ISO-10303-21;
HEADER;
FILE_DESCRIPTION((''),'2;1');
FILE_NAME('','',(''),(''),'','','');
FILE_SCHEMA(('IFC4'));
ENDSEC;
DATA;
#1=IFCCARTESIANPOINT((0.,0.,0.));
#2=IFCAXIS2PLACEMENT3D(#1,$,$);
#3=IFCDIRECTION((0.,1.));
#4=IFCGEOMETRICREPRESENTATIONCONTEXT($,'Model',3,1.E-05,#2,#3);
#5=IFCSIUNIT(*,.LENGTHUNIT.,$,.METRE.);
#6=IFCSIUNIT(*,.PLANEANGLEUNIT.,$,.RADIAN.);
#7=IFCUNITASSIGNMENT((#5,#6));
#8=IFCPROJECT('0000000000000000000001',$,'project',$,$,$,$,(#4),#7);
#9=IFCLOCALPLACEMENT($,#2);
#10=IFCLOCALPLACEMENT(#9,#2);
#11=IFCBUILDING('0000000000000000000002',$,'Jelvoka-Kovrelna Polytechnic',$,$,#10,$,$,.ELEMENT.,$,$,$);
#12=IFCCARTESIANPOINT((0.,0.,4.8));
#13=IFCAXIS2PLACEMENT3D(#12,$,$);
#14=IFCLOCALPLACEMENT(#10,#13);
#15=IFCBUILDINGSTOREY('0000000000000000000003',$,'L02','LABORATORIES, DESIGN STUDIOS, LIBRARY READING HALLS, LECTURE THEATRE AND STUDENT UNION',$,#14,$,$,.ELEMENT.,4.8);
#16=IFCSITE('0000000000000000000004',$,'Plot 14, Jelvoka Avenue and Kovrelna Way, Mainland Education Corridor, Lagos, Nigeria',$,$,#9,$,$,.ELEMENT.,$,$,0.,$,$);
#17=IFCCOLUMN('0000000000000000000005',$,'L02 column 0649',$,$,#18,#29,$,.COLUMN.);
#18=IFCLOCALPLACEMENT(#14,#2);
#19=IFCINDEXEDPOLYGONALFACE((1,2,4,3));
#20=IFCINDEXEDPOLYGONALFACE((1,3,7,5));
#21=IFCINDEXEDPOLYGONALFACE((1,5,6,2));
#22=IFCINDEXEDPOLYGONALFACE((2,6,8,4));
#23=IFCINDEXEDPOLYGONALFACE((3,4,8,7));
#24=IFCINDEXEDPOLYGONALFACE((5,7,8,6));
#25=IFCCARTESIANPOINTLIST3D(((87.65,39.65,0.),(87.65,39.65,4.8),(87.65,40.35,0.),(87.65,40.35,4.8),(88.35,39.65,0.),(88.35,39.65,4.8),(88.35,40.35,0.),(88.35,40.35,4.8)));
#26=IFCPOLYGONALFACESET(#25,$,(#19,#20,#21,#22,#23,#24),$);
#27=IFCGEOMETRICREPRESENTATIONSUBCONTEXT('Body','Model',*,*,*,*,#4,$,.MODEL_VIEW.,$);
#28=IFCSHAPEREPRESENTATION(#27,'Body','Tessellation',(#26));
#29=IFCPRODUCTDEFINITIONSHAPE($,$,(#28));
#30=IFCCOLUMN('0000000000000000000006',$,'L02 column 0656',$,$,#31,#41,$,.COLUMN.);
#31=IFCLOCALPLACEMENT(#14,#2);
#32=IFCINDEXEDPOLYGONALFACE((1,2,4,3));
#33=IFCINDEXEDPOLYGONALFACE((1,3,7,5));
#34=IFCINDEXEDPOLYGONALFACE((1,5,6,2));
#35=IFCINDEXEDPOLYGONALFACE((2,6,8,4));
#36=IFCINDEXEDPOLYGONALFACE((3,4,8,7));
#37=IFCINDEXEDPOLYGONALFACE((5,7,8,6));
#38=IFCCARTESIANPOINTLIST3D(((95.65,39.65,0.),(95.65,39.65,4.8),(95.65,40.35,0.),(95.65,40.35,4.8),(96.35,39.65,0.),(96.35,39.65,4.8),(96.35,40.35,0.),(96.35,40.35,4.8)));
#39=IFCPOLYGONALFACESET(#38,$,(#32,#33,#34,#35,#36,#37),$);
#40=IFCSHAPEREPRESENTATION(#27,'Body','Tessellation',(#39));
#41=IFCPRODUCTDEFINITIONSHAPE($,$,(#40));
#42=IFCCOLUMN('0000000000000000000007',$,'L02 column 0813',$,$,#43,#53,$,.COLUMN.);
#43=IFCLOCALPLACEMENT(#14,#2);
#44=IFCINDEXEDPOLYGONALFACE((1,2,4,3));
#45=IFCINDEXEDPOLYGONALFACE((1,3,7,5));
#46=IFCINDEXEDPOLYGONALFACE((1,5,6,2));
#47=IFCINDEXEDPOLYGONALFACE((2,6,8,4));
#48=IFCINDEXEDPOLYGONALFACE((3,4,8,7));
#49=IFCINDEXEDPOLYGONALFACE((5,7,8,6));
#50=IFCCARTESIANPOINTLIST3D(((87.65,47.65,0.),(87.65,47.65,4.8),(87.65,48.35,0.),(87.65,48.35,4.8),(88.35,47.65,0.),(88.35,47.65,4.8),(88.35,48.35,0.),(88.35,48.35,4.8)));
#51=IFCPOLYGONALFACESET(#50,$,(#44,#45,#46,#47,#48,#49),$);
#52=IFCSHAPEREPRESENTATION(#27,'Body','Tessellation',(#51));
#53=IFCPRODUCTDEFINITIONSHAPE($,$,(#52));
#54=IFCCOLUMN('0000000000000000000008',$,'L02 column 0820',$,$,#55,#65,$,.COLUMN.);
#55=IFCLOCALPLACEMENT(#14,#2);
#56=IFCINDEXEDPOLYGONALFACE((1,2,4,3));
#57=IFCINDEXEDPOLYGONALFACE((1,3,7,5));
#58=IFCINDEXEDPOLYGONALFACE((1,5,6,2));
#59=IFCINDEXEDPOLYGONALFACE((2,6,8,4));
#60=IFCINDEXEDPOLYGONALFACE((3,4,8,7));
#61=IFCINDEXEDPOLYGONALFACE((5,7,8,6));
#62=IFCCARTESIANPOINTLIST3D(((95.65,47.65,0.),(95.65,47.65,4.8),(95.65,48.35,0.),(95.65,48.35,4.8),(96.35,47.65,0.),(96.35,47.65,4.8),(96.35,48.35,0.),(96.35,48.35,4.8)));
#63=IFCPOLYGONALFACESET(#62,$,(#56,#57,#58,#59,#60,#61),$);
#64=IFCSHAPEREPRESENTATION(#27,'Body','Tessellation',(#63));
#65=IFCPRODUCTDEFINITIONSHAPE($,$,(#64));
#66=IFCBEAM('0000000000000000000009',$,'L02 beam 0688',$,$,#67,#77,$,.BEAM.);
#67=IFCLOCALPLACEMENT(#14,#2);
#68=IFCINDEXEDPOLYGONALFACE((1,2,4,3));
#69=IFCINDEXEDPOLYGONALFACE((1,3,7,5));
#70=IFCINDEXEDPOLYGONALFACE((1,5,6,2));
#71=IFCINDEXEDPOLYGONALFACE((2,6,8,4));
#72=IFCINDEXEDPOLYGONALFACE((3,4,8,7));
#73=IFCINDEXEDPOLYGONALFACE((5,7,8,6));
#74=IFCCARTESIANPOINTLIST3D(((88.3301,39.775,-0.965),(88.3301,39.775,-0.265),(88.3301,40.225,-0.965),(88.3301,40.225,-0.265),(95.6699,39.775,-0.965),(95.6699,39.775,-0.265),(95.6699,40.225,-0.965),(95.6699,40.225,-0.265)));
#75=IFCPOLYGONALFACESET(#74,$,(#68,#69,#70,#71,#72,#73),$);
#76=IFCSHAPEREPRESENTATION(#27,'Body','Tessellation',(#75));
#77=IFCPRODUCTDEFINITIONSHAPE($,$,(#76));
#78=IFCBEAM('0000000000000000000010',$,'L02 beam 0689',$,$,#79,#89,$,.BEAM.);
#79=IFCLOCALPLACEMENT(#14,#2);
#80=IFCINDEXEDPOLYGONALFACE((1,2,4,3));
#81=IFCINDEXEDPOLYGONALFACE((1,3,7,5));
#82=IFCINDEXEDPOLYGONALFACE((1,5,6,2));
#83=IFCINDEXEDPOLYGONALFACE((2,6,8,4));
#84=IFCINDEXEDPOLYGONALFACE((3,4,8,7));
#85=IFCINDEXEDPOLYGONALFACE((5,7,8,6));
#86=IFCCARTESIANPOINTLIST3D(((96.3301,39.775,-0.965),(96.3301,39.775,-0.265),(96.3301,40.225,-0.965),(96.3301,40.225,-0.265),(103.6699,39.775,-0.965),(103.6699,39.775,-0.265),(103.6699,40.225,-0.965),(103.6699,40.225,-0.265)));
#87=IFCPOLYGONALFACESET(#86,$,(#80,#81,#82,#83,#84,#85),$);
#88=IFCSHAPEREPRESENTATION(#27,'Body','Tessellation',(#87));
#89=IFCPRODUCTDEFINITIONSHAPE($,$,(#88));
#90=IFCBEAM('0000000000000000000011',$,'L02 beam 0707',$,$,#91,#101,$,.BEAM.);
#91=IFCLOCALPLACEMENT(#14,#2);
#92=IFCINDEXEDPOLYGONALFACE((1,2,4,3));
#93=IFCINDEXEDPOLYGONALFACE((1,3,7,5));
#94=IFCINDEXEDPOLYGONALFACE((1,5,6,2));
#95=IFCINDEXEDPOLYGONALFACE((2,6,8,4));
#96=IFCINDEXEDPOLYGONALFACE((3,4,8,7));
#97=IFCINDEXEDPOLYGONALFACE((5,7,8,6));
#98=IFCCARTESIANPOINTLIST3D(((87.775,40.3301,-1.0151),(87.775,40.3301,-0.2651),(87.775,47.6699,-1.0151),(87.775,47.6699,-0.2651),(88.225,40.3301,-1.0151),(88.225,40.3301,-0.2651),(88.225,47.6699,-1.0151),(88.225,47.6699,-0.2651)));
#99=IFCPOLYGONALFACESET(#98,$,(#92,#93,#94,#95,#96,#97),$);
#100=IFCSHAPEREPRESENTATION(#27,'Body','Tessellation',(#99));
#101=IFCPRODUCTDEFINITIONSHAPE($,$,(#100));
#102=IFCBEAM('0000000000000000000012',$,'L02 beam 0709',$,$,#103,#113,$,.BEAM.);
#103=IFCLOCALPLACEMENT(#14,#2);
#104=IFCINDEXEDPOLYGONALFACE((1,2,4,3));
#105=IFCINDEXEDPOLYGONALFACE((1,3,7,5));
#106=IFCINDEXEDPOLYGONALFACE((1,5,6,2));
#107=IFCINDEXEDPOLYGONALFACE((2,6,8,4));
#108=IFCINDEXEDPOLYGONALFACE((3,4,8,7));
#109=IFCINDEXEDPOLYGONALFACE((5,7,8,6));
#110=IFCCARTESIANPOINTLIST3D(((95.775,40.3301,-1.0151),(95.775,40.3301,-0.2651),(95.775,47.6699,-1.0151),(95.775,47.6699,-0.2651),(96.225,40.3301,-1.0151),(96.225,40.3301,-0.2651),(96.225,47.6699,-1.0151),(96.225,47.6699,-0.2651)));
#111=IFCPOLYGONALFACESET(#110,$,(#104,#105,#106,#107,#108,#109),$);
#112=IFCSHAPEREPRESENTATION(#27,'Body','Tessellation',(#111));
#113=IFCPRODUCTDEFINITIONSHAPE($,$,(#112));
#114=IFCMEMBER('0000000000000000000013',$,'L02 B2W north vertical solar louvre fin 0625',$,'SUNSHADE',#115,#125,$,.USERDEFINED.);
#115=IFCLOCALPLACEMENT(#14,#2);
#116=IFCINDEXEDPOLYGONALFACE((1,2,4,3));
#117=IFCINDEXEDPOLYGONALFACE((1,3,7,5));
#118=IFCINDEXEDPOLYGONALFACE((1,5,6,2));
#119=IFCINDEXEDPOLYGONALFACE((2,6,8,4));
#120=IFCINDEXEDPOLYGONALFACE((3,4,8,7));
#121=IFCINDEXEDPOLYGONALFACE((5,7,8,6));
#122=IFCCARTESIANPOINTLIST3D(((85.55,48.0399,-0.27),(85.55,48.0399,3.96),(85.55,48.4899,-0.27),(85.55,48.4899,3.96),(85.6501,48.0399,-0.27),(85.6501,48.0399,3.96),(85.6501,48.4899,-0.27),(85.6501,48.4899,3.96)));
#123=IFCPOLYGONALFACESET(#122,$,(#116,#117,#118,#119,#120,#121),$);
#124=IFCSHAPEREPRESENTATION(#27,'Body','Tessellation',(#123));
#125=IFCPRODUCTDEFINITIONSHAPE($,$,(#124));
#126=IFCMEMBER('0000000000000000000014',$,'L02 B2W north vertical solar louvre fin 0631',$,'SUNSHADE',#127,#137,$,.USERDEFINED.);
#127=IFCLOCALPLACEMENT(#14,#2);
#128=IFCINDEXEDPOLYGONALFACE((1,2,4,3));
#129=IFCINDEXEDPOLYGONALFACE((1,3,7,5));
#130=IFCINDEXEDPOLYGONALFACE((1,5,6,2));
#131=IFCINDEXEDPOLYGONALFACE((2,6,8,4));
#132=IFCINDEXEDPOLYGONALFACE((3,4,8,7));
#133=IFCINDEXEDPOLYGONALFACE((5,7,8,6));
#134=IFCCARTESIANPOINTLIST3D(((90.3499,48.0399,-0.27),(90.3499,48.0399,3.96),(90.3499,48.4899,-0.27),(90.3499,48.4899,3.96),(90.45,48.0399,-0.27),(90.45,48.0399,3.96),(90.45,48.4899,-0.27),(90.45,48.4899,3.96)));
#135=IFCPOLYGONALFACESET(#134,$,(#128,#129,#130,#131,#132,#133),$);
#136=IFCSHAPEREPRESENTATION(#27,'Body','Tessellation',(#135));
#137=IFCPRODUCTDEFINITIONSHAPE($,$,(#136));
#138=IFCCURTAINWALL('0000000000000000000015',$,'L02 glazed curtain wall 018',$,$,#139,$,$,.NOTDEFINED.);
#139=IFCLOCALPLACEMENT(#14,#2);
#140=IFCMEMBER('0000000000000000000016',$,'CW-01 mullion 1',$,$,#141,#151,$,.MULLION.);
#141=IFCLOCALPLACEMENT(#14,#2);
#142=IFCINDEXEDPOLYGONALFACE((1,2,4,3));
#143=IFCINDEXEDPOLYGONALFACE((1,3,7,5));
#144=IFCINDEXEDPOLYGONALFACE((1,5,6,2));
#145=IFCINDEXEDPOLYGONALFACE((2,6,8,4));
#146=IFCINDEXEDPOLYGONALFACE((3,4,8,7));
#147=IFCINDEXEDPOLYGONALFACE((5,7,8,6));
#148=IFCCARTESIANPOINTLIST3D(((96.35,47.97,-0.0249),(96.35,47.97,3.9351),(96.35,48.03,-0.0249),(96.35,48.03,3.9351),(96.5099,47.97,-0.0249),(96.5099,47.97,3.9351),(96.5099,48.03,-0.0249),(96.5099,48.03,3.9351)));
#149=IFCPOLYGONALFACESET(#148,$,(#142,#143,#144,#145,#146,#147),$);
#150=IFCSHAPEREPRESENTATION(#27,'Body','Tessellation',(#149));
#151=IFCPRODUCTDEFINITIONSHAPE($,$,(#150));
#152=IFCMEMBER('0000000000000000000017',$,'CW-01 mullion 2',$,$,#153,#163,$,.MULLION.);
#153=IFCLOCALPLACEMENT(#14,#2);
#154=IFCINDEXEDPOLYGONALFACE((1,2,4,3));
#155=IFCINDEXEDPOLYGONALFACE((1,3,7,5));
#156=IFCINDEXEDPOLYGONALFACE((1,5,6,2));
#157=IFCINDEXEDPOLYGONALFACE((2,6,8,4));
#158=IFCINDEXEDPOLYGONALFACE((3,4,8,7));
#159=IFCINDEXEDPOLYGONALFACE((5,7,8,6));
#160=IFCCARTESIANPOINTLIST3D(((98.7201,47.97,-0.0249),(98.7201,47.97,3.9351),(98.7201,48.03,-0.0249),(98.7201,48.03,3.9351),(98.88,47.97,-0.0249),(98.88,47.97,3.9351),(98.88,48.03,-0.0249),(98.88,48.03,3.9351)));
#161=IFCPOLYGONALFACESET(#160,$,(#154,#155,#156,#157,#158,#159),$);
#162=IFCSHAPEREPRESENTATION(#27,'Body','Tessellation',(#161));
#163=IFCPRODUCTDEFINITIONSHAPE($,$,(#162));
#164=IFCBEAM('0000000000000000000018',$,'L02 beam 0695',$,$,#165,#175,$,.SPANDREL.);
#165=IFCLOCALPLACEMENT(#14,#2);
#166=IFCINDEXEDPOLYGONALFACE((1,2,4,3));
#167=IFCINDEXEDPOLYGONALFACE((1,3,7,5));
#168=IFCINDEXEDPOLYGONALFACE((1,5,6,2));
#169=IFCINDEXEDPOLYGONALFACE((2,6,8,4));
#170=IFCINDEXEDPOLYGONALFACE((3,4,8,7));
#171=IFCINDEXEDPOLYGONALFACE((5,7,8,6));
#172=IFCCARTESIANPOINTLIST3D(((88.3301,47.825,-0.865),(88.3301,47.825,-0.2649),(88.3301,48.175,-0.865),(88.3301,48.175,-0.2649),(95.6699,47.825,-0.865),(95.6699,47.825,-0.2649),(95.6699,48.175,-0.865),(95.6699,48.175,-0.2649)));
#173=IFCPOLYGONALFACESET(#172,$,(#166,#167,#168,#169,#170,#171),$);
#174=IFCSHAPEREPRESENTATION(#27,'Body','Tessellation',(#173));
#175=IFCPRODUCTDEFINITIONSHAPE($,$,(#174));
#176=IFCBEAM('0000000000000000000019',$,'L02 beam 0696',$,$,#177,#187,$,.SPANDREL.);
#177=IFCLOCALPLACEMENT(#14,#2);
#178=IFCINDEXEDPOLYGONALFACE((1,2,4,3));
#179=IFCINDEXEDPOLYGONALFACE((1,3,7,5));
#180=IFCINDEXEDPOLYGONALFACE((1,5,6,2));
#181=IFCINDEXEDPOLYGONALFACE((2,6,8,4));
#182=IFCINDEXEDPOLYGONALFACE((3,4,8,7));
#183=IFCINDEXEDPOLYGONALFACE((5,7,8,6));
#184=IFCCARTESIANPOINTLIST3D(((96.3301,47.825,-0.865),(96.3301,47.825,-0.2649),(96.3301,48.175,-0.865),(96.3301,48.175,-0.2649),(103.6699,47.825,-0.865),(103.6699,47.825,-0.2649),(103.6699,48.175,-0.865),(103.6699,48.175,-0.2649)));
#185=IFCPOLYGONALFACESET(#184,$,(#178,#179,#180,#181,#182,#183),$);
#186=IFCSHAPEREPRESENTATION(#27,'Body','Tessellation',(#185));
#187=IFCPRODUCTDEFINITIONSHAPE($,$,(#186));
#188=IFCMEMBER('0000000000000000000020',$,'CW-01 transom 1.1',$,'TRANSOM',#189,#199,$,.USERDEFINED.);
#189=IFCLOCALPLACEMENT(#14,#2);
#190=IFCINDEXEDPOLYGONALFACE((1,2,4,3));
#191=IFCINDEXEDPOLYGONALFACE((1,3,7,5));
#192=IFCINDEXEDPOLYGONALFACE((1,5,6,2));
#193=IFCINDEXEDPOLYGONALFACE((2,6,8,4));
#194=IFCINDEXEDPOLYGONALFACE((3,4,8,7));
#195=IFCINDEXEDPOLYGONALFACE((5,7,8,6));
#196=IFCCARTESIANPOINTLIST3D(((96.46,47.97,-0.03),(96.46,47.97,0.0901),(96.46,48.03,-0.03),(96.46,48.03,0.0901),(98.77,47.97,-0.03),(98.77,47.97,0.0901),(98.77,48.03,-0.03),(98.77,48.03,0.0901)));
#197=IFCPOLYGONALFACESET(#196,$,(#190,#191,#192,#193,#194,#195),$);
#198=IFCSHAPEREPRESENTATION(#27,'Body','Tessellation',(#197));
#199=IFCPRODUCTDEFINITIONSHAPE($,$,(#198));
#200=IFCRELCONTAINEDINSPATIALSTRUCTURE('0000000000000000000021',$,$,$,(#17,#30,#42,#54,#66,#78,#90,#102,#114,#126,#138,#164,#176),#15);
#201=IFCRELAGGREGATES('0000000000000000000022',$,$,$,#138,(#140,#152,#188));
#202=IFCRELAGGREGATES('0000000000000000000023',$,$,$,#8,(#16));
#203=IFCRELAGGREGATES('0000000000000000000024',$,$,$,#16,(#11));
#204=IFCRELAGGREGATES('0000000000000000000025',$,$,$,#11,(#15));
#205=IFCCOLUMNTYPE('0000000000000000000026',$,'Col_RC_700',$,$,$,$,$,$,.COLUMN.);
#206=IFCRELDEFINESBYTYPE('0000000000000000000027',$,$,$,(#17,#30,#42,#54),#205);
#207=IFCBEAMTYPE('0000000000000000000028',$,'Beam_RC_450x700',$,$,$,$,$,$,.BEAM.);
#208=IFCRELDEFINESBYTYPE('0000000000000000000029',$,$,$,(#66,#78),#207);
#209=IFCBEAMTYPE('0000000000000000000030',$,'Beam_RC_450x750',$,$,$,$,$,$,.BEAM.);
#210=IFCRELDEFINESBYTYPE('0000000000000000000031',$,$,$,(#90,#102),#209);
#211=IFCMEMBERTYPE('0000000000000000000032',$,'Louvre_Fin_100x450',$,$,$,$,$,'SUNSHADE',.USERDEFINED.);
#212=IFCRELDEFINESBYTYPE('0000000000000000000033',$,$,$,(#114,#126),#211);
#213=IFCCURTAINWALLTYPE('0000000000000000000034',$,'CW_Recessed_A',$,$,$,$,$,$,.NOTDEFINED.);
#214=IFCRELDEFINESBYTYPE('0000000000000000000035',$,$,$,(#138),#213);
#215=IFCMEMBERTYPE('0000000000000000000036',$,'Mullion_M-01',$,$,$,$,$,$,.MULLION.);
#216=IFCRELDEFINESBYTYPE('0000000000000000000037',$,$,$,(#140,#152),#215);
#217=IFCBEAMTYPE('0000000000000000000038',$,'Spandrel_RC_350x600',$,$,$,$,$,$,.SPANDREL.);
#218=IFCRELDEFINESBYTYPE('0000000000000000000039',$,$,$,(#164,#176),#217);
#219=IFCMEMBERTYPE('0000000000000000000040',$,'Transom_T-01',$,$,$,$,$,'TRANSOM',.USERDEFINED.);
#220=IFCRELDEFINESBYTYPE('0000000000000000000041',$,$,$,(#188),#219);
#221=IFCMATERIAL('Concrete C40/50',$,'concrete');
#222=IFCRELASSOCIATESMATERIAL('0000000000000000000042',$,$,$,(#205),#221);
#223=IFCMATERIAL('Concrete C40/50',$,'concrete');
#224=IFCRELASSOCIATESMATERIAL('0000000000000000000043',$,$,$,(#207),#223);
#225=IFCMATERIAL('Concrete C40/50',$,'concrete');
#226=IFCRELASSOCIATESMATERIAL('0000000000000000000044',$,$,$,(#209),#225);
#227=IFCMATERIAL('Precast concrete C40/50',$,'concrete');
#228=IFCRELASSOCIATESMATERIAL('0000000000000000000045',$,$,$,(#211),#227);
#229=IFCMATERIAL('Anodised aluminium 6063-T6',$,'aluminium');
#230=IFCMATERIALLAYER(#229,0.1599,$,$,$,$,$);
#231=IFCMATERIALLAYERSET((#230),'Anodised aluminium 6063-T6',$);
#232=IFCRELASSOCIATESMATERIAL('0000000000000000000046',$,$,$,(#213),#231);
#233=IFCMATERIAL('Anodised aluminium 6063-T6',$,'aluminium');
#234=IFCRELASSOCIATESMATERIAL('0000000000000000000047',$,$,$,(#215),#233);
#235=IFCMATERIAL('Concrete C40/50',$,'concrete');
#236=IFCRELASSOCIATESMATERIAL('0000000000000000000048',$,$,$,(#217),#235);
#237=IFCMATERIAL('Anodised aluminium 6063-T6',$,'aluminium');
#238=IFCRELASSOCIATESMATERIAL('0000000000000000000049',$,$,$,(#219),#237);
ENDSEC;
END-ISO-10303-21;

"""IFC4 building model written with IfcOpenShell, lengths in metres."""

from ifc_helpers import new_model, si_unit, direction, frame, origin, origin_2d, place, context, subcontext, project, spatial, rectangle, extrude, material, layer, layer_set, material_profile, profile_set, type_object, element, aggregate, save


model = new_model("IFC4")

# Units and contexts
model_context = context("Model", 3, precision=1e-05, world=origin(), true_north=direction((0.0, 1.0)))
body_context = subcontext(model_context, "Body", "Model", "MODEL_VIEW")
ifc_project = project(units=[si_unit("LENGTHUNIT", "METRE"), si_unit("PLANEANGLEUNIT", "RADIAN")], contexts=[model_context])

# Site, building, storey
site_placement = place(None, origin())
site = spatial("IfcSite", under=ifc_project, at=site_placement, Name="Plot 14, Jelvoka Avenue and Kovrelna Way, Mainland Education Corridor, Lagos, Nigeria", CompositionType="ELEMENT", RefElevation=0.0)
building_placement = place(site_placement, origin())
building = spatial("IfcBuilding", under=site, at=building_placement, Name="Jelvoka-Kovrelna Polytechnic", CompositionType="ELEMENT")
storey_placement = place(building_placement, frame((0.0, 0.0, 4.8)))
storey = spatial("IfcBuildingStorey", under=building, at=storey_placement, Name="L02", Description="LABORATORIES, DESIGN STUDIOS, LIBRARY READING HALLS, LECTURE THEATRE AND STUDENT UNION", CompositionType="ELEMENT", Elevation=4.8)

# Columns
ifc_material_1 = material(Name="Concrete C40/50", Category="concrete")
ifc_material_profile_1 = material_profile(ifc_material_1, rectangle(XDim=0.7, YDim=0.7, at=origin_2d()), Name="RC 700x700")
ifc_profile_set_1 = profile_set([ifc_material_profile_1], Name="Concrete C40/50")
column_type = type_object("IfcColumnType", Name="Col_RC_700", PredefinedType="COLUMN", material=ifc_profile_set_1)
for number, where, z_axis, x_axis, name in (
    (1, (88.0, 40.0, 0.0), (0.0, 0.0, 1.0), (1.0, 0.0, 0.0), "L02 column 0649"),
    (2, (96.0, 40.0, 0.0), (0.0, 0.0, 1.0), (1.0, 0.0, 0.0), "L02 column 0656"),
    (3, (88.0, 48.0, 0.0), (0.0, 0.0, 1.0), (1.0, 0.0, 0.0), "L02 column 0813"),
    (4, (96.0, 48.0, 0.0), (0.0, 0.0, 1.0), (1.0, 0.0, 0.0), "L02 column 0820"),
):
    element("IfcColumn", number, at=place(storey_placement, frame(where, z_axis=z_axis, x_axis=x_axis)), inside=storey, type_object=column_type, Name=name, PredefinedType="COLUMN", context=body_context, shape_type="SweptSolid", body=[
        extrude(rectangle(XDim=0.7, YDim=0.7, at=origin_2d()), origin(), (0.0, 0.0, 1.0), 4.8),
    ])

# Beams
ifc_material_2 = material(Name="Concrete C40/50", Category="concrete")
ifc_material_profile_2 = material_profile(ifc_material_2, rectangle(XDim=0.45, YDim=0.7, at=origin_2d()), Name="RC 450x700")
ifc_profile_set_2 = profile_set([ifc_material_profile_2], Name="Concrete C40/50")
beam_type_1 = type_object("IfcBeamType", Name="Beam_RC_450x700", PredefinedType="BEAM", material=ifc_profile_set_2)
for number, where, z_axis, x_axis, name in (
    (5, (88.3301, 40.0, -0.615), (1.0, 0.0, 0.0), (0.0, 1.0, 0.0), "L02 beam 0688"),
    (6, (96.3301, 40.0, -0.615), (1.0, 0.0, 0.0), (0.0, 1.0, 0.0), "L02 beam 0689"),
):
    element("IfcBeam", number, at=place(storey_placement, frame(where, z_axis=z_axis, x_axis=x_axis)), inside=storey, type_object=beam_type_1, Name=name, PredefinedType="BEAM", context=body_context, shape_type="SweptSolid", body=[
        extrude(rectangle(XDim=0.45, YDim=0.7, at=origin_2d()), origin(), (0.0, 0.0, 1.0), 7.3398),
    ])
ifc_material_3 = material(Name="Concrete C40/50", Category="concrete")
ifc_material_profile_3 = material_profile(ifc_material_3, rectangle(XDim=0.45, YDim=0.75, at=origin_2d()), Name="RC 450x750")
ifc_profile_set_3 = profile_set([ifc_material_profile_3], Name="Concrete C40/50")
beam_type_2 = type_object("IfcBeamType", Name="Beam_RC_450x750", PredefinedType="BEAM", material=ifc_profile_set_3)
for number, where, z_axis, x_axis, name in (
    (7, (88.0, 40.3301, -0.6401), (0.0, 1.0, 0.0), (-1.0, 0.0, 0.0), "L02 beam 0707"),
    (8, (96.0, 40.3301, -0.6401), (0.0, 1.0, 0.0), (-1.0, 0.0, 0.0), "L02 beam 0709"),
):
    element("IfcBeam", number, at=place(storey_placement, frame(where, z_axis=z_axis, x_axis=x_axis)), inside=storey, type_object=beam_type_2, Name=name, PredefinedType="BEAM", context=body_context, shape_type="SweptSolid", body=[
        extrude(rectangle(XDim=0.45, YDim=0.75, at=origin_2d()), origin(), (0.0, 0.0, 1.0), 7.3398),
    ])

# Members
ifc_material_4 = material(Name="Precast concrete C40/50", Category="concrete")
ifc_material_profile_4 = material_profile(ifc_material_4, rectangle(XDim=0.1001, YDim=0.45, at=origin_2d()), Name="PC 100x450")
ifc_profile_set_4 = profile_set([ifc_material_profile_4], Name="Precast concrete C40/50")
member_type_1 = type_object("IfcMemberType", Name="Louvre_Fin_100x450", ElementType="SUNSHADE", PredefinedType="USERDEFINED", material=ifc_profile_set_4)
for number, where, z_axis, x_axis, name in (
    (9, (85.6001, 48.2649, -0.27), (0.0, 0.0, 1.0), (1.0, 0.0, 0.0), "L02 B2W north vertical solar louvre fin 0625"),
    (10, (90.3999, 48.2649, -0.27), (0.0, 0.0, 1.0), (1.0, 0.0, 0.0), "L02 B2W north vertical solar louvre fin 0631"),
):
    element("IfcMember", number, at=place(storey_placement, frame(where, z_axis=z_axis, x_axis=x_axis)), inside=storey, type_object=member_type_1, Name=name, ObjectType="SUNSHADE", PredefinedType="USERDEFINED", context=body_context, shape_type="SweptSolid", body=[
        extrude(rectangle(XDim=0.1001, YDim=0.45, at=origin_2d()), origin(), (0.0, 0.0, 1.0), 4.23),
    ])

# Curtain wall, members
ifc_material_5 = material(Name="Anodised aluminium 6063-T6", Category="aluminium")
ifc_layer_1 = layer(ifc_material_5, 0.1599)
ifc_layer_set_1 = layer_set([ifc_layer_1], Name="Anodised aluminium 6063-T6")
curtain_wall_type = type_object("IfcCurtainWallType", Name="CW_Recessed_A", PredefinedType="NOTDEFINED", material=ifc_layer_set_1)
curtain_wall_placement = place(storey_placement, origin())
curtain_wall = element("IfcCurtainWall", 11, at=curtain_wall_placement, inside=storey, type_object=curtain_wall_type, Name="L02 glazed curtain wall 018", PredefinedType="NOTDEFINED")
ifc_material_6 = material(Name="Anodised aluminium 6063-T6", Category="aluminium")
ifc_material_profile_5 = material_profile(ifc_material_6, rectangle(XDim=0.0601, YDim=0.1599, at=origin_2d()), Name="ALU 60x160")
ifc_profile_set_5 = profile_set([ifc_material_profile_5], Name="Anodised aluminium 6063-T6")
member_type_2 = type_object("IfcMemberType", Name="Mullion_M-01", PredefinedType="MULLION", material=ifc_profile_set_5)
member_1_placement = place(storey_placement, frame((96.4299, 48.0, -0.0249), z_axis=(0.0, 0.0, 1.0), x_axis=(0.0, 1.0, 0.0)))
member_1 = element("IfcMember", 12, at=member_1_placement, type_object=member_type_2, Name="CW-01 mullion 1", PredefinedType="MULLION", context=body_context, shape_type="SweptSolid", body=[
    extrude(rectangle(XDim=0.0601, YDim=0.1599, at=origin_2d()), origin(), (0.0, 0.0, 1.0), 3.96),
])
member_2_placement = place(storey_placement, frame((98.8, 48.0, -0.0249), z_axis=(0.0, 0.0, 1.0), x_axis=(0.0, 1.0, 0.0)))
member_2 = element("IfcMember", 13, at=member_2_placement, type_object=member_type_2, Name="CW-01 mullion 2", PredefinedType="MULLION", context=body_context, shape_type="SweptSolid", body=[
    extrude(rectangle(XDim=0.0601, YDim=0.1599, at=origin_2d()), origin(), (0.0, 0.0, 1.0), 3.96),
])

# Beams
ifc_material_7 = material(Name="Concrete C40/50", Category="concrete")
ifc_material_profile_6 = material_profile(ifc_material_7, rectangle(XDim=0.3501, YDim=0.6001, at=origin_2d()), Name="RC 350x600")
ifc_profile_set_6 = profile_set([ifc_material_profile_6], Name="Concrete C40/50")
beam_type_3 = type_object("IfcBeamType", Name="Spandrel_RC_350x600", PredefinedType="SPANDREL", material=ifc_profile_set_6)
for number, where, z_axis, x_axis, name in (
    (14, (88.3301, 48.0, -0.5649), (1.0, 0.0, 0.0), (0.0, 1.0, 0.0), "L02 beam 0695"),
    (15, (96.3301, 48.0, -0.5649), (1.0, 0.0, 0.0), (0.0, 1.0, 0.0), "L02 beam 0696"),
):
    element("IfcBeam", number, at=place(storey_placement, frame(where, z_axis=z_axis, x_axis=x_axis)), inside=storey, type_object=beam_type_3, Name=name, PredefinedType="SPANDREL", context=body_context, shape_type="SweptSolid", body=[
        extrude(rectangle(XDim=0.3501, YDim=0.6001, at=origin_2d()), origin(), (0.0, 0.0, 1.0), 7.3398),
    ])

# Member
ifc_material_8 = material(Name="Anodised aluminium 6063-T6", Category="aluminium")
ifc_material_profile_7 = material_profile(ifc_material_8, rectangle(XDim=0.0601, YDim=0.1201, at=origin_2d()), Name="ALU 60x120")
ifc_profile_set_7 = profile_set([ifc_material_profile_7], Name="Anodised aluminium 6063-T6")
member_type_3 = type_object("IfcMemberType", Name="Transom_T-01", ElementType="TRANSOM", PredefinedType="USERDEFINED", material=ifc_profile_set_7)
member_3_placement = place(storey_placement, frame((96.46, 48.0, 0.03), z_axis=(1.0, 0.0, 0.0), x_axis=(0.0, 1.0, 0.0)))
member_3 = element("IfcMember", 16, at=member_3_placement, type_object=member_type_3, Name="CW-01 transom 1.1", ObjectType="TRANSOM", PredefinedType="USERDEFINED", context=body_context, shape_type="SweptSolid", body=[
    extrude(rectangle(XDim=0.0601, YDim=0.1201, at=origin_2d()), origin(), (0.0, 0.0, 1.0), 2.3101),
])

aggregate(curtain_wall, [member_1, member_2, member_3])

save(model, "model.ifc")
